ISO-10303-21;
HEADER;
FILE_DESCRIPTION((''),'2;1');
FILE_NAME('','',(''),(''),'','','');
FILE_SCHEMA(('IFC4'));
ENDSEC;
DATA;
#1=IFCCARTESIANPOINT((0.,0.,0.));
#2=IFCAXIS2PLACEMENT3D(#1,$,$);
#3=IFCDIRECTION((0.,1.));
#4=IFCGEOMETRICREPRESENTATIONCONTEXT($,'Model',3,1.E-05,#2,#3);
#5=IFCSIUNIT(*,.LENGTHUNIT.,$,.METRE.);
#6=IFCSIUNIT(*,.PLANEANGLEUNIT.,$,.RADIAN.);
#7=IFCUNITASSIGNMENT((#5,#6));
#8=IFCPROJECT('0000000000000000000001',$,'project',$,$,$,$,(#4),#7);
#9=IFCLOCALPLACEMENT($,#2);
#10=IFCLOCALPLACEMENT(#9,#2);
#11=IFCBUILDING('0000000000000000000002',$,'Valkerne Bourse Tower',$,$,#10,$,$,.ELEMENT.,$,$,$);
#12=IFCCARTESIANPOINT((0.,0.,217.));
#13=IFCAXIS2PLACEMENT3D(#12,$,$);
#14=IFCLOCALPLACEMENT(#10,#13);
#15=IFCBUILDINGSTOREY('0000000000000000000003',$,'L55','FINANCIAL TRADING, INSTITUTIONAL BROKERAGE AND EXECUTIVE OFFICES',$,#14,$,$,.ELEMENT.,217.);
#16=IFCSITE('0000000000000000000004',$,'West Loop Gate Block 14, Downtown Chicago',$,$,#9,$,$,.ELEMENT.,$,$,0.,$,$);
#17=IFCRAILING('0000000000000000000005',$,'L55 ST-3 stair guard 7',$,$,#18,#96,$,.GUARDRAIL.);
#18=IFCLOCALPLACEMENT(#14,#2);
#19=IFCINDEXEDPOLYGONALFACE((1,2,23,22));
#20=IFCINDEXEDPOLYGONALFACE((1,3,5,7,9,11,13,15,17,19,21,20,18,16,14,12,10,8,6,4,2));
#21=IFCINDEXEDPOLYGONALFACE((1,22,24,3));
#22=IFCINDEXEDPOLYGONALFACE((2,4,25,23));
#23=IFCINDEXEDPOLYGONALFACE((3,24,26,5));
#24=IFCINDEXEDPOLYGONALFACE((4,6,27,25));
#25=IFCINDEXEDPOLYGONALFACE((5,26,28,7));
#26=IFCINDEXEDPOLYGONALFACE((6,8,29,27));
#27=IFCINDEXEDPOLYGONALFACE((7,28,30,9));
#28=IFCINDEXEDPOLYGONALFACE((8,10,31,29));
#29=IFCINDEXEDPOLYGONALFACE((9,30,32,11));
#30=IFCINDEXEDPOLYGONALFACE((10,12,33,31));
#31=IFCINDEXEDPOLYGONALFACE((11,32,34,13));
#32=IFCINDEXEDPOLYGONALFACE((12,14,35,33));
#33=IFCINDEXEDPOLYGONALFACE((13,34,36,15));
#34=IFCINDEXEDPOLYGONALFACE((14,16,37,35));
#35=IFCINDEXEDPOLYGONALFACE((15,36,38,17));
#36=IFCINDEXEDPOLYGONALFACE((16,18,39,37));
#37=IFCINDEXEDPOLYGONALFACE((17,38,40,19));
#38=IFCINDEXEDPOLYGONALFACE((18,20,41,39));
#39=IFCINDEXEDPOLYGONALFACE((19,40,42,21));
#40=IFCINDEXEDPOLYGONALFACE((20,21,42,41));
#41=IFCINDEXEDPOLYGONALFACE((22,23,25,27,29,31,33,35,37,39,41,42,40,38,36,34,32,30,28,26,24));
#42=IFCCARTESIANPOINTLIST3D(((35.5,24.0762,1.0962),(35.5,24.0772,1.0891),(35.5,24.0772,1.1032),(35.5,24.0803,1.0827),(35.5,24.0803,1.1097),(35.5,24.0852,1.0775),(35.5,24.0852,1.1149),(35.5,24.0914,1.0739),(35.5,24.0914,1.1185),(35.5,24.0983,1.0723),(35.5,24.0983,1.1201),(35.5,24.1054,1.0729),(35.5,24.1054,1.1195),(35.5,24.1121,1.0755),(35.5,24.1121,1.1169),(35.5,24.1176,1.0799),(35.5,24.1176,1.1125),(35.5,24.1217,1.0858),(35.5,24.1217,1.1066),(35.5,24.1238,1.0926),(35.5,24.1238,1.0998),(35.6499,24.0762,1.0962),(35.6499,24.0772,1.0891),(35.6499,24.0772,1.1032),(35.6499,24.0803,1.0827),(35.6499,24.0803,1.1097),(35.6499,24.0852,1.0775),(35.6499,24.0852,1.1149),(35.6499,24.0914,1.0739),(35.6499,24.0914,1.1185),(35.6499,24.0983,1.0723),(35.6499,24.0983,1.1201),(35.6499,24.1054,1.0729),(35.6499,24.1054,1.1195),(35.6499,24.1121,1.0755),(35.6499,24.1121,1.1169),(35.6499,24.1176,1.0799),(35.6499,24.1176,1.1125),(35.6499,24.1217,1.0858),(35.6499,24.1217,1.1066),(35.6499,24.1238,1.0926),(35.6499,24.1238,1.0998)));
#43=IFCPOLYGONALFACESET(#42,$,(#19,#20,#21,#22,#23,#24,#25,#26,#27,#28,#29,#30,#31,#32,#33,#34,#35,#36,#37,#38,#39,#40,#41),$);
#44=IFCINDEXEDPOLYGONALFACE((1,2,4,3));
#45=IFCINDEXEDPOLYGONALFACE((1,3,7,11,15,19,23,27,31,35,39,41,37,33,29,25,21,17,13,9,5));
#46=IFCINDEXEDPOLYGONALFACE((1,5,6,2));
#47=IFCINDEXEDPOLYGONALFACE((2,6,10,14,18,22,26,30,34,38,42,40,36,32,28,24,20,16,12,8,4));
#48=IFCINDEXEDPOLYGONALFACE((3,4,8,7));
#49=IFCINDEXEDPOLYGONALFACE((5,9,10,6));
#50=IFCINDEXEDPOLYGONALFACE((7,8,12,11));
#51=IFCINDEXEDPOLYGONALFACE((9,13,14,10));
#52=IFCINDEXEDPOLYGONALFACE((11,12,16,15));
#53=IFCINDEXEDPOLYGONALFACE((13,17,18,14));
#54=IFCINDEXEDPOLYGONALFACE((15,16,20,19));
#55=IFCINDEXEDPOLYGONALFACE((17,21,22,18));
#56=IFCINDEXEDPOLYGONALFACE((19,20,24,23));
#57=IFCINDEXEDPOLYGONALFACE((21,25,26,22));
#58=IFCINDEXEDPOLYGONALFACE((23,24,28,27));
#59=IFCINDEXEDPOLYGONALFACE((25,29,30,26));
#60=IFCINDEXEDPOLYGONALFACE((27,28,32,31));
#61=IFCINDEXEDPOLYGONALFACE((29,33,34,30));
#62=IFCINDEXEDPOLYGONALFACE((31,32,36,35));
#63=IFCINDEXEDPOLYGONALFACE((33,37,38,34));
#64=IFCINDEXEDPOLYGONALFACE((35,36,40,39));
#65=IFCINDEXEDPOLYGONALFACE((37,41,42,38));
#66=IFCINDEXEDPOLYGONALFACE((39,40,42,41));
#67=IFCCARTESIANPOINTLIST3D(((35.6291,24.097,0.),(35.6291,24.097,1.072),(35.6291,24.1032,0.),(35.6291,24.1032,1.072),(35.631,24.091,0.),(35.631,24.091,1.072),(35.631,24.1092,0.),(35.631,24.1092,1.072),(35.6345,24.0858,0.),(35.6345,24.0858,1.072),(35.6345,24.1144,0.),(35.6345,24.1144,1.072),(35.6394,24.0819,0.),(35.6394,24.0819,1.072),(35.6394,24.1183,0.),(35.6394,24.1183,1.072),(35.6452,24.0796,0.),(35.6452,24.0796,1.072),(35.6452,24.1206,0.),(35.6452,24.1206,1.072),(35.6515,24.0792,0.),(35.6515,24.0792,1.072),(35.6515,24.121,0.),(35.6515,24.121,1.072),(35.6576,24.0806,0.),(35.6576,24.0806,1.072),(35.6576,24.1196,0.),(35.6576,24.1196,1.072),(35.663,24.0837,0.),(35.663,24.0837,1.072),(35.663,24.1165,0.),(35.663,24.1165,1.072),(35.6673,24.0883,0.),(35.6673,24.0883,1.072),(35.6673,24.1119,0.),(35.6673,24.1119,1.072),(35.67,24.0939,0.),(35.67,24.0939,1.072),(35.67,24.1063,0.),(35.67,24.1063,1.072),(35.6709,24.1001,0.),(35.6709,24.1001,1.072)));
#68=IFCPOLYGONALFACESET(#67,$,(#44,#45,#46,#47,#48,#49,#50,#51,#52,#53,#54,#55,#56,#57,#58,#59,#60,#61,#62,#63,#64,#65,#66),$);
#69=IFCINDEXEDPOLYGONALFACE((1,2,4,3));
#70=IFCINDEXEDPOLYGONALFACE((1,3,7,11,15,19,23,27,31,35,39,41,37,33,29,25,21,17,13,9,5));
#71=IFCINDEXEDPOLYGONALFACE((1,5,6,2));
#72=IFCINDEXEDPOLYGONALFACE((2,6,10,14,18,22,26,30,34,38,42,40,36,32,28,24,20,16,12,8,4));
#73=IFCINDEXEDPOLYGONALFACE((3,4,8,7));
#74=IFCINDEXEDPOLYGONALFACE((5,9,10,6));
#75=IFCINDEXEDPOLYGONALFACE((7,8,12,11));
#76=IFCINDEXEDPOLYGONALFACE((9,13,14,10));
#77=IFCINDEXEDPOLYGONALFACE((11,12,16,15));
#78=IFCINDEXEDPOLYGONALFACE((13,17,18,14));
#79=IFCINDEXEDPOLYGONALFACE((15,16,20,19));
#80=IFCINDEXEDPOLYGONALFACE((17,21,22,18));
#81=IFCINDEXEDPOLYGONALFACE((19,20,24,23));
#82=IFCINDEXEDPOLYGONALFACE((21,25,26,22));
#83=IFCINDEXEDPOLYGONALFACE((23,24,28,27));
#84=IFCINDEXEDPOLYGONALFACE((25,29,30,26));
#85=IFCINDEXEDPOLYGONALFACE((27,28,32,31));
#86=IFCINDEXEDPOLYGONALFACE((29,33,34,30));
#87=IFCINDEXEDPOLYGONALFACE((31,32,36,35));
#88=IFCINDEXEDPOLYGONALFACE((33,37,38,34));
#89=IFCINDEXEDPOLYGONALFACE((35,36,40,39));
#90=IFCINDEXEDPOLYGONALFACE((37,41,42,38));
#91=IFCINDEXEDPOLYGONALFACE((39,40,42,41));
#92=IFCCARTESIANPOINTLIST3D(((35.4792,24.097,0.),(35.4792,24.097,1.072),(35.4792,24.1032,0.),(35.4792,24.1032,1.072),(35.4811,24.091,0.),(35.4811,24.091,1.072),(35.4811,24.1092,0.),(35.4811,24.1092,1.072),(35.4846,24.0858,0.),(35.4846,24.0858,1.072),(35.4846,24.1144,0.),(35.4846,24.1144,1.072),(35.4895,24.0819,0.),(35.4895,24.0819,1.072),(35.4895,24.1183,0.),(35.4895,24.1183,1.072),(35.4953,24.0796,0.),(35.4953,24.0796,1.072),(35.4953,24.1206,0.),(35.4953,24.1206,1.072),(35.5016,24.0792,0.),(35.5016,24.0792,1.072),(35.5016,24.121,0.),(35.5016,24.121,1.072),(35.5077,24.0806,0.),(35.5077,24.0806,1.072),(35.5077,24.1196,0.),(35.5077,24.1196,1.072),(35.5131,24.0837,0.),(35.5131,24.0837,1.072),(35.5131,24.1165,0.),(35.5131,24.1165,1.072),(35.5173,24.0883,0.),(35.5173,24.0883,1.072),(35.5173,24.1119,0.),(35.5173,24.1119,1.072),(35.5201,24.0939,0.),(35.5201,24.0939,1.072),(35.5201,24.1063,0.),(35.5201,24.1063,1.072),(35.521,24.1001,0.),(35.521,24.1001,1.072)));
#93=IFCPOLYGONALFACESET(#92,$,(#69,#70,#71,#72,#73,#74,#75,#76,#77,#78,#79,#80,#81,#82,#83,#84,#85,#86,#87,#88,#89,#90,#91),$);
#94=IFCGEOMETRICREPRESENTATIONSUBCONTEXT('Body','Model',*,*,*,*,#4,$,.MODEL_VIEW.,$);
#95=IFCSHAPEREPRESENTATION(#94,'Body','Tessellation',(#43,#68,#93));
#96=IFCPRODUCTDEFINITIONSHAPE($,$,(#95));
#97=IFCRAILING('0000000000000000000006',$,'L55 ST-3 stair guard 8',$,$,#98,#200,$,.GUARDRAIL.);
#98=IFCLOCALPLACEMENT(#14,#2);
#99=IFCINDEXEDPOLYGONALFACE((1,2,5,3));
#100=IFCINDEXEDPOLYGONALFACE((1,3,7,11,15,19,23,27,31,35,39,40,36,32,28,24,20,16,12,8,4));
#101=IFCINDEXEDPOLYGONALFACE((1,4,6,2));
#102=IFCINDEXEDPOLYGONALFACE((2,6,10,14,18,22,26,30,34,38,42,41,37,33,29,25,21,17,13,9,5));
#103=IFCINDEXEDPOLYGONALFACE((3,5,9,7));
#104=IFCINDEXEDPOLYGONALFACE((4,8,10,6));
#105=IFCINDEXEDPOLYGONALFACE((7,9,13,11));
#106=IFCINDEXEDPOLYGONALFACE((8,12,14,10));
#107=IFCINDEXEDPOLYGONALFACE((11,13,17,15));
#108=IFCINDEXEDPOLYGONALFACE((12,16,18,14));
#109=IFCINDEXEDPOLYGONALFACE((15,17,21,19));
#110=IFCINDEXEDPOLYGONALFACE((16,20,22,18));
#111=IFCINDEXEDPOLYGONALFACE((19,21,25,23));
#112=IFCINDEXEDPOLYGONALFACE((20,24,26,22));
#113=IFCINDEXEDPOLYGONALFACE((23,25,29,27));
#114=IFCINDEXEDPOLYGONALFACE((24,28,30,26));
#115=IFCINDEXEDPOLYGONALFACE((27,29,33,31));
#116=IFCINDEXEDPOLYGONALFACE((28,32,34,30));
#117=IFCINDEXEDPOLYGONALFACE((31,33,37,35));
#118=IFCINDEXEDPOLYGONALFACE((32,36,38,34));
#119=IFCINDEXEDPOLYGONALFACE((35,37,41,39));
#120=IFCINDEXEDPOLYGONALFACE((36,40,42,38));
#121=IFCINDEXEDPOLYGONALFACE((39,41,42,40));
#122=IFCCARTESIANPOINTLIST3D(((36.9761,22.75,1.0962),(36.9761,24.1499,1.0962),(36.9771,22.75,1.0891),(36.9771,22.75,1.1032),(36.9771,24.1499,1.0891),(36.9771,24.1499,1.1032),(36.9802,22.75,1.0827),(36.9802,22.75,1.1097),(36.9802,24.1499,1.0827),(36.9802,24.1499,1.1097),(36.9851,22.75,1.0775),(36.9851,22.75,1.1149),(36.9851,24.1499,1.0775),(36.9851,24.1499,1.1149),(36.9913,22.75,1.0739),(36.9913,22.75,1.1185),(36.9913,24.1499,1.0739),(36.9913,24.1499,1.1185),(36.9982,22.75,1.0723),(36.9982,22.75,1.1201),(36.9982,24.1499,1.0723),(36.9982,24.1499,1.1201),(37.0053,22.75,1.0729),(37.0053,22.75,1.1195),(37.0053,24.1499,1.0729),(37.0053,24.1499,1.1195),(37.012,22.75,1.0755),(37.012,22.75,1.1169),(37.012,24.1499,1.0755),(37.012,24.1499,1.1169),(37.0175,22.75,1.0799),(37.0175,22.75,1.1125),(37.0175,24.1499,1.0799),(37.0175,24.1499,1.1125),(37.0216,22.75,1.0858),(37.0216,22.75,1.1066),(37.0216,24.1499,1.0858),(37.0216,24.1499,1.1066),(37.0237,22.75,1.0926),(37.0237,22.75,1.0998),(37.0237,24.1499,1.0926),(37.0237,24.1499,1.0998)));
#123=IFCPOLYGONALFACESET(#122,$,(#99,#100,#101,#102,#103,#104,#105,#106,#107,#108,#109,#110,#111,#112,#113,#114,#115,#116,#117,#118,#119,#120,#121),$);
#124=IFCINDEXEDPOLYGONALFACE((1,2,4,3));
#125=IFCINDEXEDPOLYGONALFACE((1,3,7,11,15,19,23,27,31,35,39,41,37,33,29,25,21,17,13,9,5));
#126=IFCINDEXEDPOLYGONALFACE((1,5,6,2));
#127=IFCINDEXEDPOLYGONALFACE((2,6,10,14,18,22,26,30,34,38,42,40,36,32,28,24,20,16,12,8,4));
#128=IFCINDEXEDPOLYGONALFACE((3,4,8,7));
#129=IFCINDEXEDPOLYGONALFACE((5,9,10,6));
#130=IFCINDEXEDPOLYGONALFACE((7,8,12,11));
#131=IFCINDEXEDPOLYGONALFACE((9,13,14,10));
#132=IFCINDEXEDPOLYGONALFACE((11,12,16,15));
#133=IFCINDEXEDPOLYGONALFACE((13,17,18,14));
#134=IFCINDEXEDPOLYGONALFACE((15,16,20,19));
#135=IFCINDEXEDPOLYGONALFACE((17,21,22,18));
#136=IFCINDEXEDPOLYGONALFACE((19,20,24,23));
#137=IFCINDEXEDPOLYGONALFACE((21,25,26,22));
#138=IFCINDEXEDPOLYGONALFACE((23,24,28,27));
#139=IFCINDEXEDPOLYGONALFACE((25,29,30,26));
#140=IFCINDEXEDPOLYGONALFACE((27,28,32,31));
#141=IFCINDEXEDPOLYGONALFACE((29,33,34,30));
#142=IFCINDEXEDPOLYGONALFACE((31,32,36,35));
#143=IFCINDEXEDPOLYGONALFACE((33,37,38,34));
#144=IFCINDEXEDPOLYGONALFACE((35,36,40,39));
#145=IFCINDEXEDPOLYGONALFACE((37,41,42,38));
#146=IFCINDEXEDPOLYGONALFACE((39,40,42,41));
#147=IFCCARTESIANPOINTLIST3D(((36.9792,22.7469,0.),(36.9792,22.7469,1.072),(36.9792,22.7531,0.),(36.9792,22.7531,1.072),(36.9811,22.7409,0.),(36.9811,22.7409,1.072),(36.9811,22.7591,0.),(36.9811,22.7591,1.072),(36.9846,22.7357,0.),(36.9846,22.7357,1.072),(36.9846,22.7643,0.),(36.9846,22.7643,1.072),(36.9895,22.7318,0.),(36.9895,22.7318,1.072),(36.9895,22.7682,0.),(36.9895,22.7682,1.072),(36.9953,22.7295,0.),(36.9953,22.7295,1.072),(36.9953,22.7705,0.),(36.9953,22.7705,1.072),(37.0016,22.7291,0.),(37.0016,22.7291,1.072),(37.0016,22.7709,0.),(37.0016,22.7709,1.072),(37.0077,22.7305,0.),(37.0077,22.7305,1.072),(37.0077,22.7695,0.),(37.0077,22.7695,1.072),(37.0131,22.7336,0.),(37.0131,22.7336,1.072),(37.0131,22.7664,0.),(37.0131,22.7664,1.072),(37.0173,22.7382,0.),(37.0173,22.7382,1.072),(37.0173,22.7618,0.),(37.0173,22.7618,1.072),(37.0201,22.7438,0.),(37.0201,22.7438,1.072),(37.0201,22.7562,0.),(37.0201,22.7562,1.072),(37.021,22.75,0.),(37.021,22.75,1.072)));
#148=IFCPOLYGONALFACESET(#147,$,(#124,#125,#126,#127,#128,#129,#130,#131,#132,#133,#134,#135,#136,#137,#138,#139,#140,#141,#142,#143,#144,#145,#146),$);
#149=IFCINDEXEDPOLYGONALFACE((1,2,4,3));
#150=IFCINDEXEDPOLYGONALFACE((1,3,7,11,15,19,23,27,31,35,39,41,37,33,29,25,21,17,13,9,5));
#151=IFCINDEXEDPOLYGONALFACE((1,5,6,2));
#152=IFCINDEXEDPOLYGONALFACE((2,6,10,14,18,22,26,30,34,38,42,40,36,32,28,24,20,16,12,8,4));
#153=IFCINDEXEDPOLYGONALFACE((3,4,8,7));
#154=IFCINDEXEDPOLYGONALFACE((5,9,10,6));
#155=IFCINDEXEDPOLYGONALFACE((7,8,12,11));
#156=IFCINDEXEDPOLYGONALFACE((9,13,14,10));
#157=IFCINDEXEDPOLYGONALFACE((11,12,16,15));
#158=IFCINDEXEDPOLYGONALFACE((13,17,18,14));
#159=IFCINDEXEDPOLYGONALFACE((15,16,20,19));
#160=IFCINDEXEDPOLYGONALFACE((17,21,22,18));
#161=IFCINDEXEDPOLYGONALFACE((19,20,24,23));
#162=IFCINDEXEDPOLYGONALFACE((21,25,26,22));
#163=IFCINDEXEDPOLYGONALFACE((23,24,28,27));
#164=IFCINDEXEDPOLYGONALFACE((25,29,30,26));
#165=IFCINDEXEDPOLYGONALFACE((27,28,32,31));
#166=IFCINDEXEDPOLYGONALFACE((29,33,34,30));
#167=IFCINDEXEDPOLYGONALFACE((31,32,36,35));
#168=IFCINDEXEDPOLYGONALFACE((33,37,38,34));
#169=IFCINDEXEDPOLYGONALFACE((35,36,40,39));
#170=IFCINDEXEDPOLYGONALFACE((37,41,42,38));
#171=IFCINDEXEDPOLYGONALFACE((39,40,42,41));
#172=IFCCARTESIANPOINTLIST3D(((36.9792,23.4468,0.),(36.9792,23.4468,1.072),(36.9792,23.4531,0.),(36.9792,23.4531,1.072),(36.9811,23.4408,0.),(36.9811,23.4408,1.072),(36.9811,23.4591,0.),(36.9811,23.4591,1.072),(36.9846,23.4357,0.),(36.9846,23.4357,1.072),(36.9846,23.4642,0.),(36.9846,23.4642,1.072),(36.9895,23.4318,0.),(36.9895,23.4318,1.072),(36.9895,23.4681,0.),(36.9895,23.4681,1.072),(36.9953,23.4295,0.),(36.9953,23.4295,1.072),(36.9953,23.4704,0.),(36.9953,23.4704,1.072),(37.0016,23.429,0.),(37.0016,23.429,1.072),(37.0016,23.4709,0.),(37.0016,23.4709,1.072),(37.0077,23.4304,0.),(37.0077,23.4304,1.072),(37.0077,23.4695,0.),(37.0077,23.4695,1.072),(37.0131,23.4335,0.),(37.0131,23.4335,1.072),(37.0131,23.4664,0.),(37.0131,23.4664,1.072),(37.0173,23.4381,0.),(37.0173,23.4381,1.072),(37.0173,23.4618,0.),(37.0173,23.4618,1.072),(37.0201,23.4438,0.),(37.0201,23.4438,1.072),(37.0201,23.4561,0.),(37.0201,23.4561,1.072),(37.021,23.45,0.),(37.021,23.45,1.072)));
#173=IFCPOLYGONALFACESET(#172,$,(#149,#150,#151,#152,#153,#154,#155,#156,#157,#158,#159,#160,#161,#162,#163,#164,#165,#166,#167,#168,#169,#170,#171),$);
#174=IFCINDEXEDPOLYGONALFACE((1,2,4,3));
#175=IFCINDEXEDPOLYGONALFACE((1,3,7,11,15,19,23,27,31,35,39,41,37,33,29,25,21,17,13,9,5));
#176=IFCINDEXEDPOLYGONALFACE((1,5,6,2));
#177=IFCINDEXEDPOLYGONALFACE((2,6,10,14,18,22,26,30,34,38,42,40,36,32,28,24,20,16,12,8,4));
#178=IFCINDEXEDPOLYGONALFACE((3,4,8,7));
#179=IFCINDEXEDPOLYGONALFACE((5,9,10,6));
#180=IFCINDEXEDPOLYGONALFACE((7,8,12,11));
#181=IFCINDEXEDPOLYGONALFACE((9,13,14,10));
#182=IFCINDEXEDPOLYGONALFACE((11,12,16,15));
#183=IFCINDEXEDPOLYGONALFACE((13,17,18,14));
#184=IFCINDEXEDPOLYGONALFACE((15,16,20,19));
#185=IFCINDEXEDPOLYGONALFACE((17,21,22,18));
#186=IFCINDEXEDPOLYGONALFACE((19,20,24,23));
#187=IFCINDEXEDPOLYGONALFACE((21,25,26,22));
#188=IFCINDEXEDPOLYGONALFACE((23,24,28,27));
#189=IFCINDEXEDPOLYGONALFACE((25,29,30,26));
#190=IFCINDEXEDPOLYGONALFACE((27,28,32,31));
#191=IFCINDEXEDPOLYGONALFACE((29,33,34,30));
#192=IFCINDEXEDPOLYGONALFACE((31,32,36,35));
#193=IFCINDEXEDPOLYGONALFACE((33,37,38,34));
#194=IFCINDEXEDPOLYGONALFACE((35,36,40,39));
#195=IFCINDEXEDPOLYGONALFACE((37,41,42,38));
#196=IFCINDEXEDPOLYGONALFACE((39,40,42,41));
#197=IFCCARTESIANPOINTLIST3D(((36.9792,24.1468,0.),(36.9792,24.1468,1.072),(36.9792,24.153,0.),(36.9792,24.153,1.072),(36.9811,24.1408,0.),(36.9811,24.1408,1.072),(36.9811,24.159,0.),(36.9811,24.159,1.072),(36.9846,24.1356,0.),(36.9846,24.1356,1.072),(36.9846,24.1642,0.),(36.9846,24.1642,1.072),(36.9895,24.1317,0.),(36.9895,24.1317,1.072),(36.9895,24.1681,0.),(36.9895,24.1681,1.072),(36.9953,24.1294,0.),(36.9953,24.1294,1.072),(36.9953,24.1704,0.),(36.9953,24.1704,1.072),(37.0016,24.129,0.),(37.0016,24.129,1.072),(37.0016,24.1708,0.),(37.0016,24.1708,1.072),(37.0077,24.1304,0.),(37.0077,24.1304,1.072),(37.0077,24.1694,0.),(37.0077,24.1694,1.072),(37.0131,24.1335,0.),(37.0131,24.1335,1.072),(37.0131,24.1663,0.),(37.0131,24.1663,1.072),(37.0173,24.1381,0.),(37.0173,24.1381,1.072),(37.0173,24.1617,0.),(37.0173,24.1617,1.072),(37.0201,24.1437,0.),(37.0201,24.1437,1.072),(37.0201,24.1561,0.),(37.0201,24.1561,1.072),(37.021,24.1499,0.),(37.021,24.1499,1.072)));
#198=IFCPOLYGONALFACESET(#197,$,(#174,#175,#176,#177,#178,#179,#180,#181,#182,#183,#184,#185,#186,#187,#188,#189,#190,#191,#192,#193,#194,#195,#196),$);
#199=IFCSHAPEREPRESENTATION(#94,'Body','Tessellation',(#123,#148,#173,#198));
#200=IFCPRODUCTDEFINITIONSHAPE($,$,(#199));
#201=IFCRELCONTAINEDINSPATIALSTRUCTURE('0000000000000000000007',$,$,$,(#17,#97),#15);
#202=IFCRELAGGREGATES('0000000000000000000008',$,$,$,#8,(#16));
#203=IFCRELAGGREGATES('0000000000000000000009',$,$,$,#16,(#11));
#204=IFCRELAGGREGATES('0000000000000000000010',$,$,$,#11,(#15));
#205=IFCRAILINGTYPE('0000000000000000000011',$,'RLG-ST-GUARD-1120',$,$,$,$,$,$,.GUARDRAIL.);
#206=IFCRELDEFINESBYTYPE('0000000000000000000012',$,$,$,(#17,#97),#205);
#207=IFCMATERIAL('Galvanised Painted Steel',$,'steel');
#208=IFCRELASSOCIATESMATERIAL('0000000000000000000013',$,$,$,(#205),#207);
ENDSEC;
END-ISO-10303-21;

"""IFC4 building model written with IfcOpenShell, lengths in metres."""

from ifc_helpers import new_model, si_unit, direction, frame, origin, origin_2d, place, context, subcontext, project, spatial, circle, extrude, material, type_object, element, save


model = new_model("IFC4")

# Units and contexts
model_context = context("Model", 3, precision=1e-05, world=origin(), true_north=direction((0.0, 1.0)))
body_context = subcontext(model_context, "Body", "Model", "MODEL_VIEW")
ifc_project = project(units=[si_unit("LENGTHUNIT", "METRE"), si_unit("PLANEANGLEUNIT", "RADIAN")], contexts=[model_context])

# Site, building, storey
site_placement = place(None, origin())
site = spatial("IfcSite", under=ifc_project, at=site_placement, Name="West Loop Gate Block 14, Downtown Chicago", CompositionType="ELEMENT", RefElevation=0.0)
building_placement = place(site_placement, origin())
building = spatial("IfcBuilding", under=site, at=building_placement, Name="Valkerne Bourse Tower", CompositionType="ELEMENT")
storey_placement = place(building_placement, frame((0.0, 0.0, 217.0)))
storey = spatial("IfcBuildingStorey", under=building, at=storey_placement, Name="L55", Description="FINANCIAL TRADING, INSTITUTIONAL BROKERAGE AND EXECUTIVE OFFICES", CompositionType="ELEMENT", Elevation=217.0)

# Railings
ifc_material_1 = material(Name="Galvanised Painted Steel", Category="steel")
railing_type_1 = type_object("IfcRailingType", Name="RLG-ST-GUARD-1120", PredefinedType="GUARDRAIL", material=ifc_material_1)
railing_1_placement = place(storey_placement, frame((35.6499, 24.1001, 0.0)))
element("IfcRailing", 1, at=railing_1_placement, inside=storey, type_object=railing_type_1, Name="L55 ST-3 stair guard 7", PredefinedType="GUARDRAIL", context=body_context, shape_type="SweptSolid", body=[
    extrude(circle(Radius=0.0239, at=origin_2d()), frame((0.0, 0.0, 1.0962), z_axis=(-1.0, 0.0, 0.0), x_axis=(0.0, -1.0, 0.0)), (0.0, 0.0, 1.0), 0.1499),
    extrude(circle(Radius=0.021, at=origin_2d()), origin(), (0.0, 0.0, 1.0), 1.072),
    extrude(circle(Radius=0.021, at=origin_2d()), frame((-0.1499, 0.0, 0.0)), (0.0, 0.0, 1.0), 1.072),
])
railing_2_placement = place(storey_placement, frame((37.0, 22.75, 0.0)))
element("IfcRailing", 2, at=railing_2_placement, inside=storey, type_object=railing_type_1, Name="L55 ST-3 stair guard 8", PredefinedType="GUARDRAIL", context=body_context, shape_type="SweptSolid", body=[
    extrude(circle(Radius=0.0239, at=origin_2d()), frame((0.0, 0.0, 1.0962), z_axis=(0.0, 1.0, 0.0), x_axis=(-1.0, 0.0, 0.0)), (0.0, 0.0, 1.0), 1.3999),
    extrude(circle(Radius=0.021, at=origin_2d()), origin(), (0.0, 0.0, 1.0), 1.072),
    extrude(circle(Radius=0.021, at=origin_2d()), frame((0.0, 0.7, 0.0)), (0.0, 0.0, 1.0), 1.072),
    extrude(circle(Radius=0.021, at=origin_2d()), frame((0.0, 1.3999, 0.0)), (0.0, 0.0, 1.0), 1.072),
])

save(model, "model.ifc")
